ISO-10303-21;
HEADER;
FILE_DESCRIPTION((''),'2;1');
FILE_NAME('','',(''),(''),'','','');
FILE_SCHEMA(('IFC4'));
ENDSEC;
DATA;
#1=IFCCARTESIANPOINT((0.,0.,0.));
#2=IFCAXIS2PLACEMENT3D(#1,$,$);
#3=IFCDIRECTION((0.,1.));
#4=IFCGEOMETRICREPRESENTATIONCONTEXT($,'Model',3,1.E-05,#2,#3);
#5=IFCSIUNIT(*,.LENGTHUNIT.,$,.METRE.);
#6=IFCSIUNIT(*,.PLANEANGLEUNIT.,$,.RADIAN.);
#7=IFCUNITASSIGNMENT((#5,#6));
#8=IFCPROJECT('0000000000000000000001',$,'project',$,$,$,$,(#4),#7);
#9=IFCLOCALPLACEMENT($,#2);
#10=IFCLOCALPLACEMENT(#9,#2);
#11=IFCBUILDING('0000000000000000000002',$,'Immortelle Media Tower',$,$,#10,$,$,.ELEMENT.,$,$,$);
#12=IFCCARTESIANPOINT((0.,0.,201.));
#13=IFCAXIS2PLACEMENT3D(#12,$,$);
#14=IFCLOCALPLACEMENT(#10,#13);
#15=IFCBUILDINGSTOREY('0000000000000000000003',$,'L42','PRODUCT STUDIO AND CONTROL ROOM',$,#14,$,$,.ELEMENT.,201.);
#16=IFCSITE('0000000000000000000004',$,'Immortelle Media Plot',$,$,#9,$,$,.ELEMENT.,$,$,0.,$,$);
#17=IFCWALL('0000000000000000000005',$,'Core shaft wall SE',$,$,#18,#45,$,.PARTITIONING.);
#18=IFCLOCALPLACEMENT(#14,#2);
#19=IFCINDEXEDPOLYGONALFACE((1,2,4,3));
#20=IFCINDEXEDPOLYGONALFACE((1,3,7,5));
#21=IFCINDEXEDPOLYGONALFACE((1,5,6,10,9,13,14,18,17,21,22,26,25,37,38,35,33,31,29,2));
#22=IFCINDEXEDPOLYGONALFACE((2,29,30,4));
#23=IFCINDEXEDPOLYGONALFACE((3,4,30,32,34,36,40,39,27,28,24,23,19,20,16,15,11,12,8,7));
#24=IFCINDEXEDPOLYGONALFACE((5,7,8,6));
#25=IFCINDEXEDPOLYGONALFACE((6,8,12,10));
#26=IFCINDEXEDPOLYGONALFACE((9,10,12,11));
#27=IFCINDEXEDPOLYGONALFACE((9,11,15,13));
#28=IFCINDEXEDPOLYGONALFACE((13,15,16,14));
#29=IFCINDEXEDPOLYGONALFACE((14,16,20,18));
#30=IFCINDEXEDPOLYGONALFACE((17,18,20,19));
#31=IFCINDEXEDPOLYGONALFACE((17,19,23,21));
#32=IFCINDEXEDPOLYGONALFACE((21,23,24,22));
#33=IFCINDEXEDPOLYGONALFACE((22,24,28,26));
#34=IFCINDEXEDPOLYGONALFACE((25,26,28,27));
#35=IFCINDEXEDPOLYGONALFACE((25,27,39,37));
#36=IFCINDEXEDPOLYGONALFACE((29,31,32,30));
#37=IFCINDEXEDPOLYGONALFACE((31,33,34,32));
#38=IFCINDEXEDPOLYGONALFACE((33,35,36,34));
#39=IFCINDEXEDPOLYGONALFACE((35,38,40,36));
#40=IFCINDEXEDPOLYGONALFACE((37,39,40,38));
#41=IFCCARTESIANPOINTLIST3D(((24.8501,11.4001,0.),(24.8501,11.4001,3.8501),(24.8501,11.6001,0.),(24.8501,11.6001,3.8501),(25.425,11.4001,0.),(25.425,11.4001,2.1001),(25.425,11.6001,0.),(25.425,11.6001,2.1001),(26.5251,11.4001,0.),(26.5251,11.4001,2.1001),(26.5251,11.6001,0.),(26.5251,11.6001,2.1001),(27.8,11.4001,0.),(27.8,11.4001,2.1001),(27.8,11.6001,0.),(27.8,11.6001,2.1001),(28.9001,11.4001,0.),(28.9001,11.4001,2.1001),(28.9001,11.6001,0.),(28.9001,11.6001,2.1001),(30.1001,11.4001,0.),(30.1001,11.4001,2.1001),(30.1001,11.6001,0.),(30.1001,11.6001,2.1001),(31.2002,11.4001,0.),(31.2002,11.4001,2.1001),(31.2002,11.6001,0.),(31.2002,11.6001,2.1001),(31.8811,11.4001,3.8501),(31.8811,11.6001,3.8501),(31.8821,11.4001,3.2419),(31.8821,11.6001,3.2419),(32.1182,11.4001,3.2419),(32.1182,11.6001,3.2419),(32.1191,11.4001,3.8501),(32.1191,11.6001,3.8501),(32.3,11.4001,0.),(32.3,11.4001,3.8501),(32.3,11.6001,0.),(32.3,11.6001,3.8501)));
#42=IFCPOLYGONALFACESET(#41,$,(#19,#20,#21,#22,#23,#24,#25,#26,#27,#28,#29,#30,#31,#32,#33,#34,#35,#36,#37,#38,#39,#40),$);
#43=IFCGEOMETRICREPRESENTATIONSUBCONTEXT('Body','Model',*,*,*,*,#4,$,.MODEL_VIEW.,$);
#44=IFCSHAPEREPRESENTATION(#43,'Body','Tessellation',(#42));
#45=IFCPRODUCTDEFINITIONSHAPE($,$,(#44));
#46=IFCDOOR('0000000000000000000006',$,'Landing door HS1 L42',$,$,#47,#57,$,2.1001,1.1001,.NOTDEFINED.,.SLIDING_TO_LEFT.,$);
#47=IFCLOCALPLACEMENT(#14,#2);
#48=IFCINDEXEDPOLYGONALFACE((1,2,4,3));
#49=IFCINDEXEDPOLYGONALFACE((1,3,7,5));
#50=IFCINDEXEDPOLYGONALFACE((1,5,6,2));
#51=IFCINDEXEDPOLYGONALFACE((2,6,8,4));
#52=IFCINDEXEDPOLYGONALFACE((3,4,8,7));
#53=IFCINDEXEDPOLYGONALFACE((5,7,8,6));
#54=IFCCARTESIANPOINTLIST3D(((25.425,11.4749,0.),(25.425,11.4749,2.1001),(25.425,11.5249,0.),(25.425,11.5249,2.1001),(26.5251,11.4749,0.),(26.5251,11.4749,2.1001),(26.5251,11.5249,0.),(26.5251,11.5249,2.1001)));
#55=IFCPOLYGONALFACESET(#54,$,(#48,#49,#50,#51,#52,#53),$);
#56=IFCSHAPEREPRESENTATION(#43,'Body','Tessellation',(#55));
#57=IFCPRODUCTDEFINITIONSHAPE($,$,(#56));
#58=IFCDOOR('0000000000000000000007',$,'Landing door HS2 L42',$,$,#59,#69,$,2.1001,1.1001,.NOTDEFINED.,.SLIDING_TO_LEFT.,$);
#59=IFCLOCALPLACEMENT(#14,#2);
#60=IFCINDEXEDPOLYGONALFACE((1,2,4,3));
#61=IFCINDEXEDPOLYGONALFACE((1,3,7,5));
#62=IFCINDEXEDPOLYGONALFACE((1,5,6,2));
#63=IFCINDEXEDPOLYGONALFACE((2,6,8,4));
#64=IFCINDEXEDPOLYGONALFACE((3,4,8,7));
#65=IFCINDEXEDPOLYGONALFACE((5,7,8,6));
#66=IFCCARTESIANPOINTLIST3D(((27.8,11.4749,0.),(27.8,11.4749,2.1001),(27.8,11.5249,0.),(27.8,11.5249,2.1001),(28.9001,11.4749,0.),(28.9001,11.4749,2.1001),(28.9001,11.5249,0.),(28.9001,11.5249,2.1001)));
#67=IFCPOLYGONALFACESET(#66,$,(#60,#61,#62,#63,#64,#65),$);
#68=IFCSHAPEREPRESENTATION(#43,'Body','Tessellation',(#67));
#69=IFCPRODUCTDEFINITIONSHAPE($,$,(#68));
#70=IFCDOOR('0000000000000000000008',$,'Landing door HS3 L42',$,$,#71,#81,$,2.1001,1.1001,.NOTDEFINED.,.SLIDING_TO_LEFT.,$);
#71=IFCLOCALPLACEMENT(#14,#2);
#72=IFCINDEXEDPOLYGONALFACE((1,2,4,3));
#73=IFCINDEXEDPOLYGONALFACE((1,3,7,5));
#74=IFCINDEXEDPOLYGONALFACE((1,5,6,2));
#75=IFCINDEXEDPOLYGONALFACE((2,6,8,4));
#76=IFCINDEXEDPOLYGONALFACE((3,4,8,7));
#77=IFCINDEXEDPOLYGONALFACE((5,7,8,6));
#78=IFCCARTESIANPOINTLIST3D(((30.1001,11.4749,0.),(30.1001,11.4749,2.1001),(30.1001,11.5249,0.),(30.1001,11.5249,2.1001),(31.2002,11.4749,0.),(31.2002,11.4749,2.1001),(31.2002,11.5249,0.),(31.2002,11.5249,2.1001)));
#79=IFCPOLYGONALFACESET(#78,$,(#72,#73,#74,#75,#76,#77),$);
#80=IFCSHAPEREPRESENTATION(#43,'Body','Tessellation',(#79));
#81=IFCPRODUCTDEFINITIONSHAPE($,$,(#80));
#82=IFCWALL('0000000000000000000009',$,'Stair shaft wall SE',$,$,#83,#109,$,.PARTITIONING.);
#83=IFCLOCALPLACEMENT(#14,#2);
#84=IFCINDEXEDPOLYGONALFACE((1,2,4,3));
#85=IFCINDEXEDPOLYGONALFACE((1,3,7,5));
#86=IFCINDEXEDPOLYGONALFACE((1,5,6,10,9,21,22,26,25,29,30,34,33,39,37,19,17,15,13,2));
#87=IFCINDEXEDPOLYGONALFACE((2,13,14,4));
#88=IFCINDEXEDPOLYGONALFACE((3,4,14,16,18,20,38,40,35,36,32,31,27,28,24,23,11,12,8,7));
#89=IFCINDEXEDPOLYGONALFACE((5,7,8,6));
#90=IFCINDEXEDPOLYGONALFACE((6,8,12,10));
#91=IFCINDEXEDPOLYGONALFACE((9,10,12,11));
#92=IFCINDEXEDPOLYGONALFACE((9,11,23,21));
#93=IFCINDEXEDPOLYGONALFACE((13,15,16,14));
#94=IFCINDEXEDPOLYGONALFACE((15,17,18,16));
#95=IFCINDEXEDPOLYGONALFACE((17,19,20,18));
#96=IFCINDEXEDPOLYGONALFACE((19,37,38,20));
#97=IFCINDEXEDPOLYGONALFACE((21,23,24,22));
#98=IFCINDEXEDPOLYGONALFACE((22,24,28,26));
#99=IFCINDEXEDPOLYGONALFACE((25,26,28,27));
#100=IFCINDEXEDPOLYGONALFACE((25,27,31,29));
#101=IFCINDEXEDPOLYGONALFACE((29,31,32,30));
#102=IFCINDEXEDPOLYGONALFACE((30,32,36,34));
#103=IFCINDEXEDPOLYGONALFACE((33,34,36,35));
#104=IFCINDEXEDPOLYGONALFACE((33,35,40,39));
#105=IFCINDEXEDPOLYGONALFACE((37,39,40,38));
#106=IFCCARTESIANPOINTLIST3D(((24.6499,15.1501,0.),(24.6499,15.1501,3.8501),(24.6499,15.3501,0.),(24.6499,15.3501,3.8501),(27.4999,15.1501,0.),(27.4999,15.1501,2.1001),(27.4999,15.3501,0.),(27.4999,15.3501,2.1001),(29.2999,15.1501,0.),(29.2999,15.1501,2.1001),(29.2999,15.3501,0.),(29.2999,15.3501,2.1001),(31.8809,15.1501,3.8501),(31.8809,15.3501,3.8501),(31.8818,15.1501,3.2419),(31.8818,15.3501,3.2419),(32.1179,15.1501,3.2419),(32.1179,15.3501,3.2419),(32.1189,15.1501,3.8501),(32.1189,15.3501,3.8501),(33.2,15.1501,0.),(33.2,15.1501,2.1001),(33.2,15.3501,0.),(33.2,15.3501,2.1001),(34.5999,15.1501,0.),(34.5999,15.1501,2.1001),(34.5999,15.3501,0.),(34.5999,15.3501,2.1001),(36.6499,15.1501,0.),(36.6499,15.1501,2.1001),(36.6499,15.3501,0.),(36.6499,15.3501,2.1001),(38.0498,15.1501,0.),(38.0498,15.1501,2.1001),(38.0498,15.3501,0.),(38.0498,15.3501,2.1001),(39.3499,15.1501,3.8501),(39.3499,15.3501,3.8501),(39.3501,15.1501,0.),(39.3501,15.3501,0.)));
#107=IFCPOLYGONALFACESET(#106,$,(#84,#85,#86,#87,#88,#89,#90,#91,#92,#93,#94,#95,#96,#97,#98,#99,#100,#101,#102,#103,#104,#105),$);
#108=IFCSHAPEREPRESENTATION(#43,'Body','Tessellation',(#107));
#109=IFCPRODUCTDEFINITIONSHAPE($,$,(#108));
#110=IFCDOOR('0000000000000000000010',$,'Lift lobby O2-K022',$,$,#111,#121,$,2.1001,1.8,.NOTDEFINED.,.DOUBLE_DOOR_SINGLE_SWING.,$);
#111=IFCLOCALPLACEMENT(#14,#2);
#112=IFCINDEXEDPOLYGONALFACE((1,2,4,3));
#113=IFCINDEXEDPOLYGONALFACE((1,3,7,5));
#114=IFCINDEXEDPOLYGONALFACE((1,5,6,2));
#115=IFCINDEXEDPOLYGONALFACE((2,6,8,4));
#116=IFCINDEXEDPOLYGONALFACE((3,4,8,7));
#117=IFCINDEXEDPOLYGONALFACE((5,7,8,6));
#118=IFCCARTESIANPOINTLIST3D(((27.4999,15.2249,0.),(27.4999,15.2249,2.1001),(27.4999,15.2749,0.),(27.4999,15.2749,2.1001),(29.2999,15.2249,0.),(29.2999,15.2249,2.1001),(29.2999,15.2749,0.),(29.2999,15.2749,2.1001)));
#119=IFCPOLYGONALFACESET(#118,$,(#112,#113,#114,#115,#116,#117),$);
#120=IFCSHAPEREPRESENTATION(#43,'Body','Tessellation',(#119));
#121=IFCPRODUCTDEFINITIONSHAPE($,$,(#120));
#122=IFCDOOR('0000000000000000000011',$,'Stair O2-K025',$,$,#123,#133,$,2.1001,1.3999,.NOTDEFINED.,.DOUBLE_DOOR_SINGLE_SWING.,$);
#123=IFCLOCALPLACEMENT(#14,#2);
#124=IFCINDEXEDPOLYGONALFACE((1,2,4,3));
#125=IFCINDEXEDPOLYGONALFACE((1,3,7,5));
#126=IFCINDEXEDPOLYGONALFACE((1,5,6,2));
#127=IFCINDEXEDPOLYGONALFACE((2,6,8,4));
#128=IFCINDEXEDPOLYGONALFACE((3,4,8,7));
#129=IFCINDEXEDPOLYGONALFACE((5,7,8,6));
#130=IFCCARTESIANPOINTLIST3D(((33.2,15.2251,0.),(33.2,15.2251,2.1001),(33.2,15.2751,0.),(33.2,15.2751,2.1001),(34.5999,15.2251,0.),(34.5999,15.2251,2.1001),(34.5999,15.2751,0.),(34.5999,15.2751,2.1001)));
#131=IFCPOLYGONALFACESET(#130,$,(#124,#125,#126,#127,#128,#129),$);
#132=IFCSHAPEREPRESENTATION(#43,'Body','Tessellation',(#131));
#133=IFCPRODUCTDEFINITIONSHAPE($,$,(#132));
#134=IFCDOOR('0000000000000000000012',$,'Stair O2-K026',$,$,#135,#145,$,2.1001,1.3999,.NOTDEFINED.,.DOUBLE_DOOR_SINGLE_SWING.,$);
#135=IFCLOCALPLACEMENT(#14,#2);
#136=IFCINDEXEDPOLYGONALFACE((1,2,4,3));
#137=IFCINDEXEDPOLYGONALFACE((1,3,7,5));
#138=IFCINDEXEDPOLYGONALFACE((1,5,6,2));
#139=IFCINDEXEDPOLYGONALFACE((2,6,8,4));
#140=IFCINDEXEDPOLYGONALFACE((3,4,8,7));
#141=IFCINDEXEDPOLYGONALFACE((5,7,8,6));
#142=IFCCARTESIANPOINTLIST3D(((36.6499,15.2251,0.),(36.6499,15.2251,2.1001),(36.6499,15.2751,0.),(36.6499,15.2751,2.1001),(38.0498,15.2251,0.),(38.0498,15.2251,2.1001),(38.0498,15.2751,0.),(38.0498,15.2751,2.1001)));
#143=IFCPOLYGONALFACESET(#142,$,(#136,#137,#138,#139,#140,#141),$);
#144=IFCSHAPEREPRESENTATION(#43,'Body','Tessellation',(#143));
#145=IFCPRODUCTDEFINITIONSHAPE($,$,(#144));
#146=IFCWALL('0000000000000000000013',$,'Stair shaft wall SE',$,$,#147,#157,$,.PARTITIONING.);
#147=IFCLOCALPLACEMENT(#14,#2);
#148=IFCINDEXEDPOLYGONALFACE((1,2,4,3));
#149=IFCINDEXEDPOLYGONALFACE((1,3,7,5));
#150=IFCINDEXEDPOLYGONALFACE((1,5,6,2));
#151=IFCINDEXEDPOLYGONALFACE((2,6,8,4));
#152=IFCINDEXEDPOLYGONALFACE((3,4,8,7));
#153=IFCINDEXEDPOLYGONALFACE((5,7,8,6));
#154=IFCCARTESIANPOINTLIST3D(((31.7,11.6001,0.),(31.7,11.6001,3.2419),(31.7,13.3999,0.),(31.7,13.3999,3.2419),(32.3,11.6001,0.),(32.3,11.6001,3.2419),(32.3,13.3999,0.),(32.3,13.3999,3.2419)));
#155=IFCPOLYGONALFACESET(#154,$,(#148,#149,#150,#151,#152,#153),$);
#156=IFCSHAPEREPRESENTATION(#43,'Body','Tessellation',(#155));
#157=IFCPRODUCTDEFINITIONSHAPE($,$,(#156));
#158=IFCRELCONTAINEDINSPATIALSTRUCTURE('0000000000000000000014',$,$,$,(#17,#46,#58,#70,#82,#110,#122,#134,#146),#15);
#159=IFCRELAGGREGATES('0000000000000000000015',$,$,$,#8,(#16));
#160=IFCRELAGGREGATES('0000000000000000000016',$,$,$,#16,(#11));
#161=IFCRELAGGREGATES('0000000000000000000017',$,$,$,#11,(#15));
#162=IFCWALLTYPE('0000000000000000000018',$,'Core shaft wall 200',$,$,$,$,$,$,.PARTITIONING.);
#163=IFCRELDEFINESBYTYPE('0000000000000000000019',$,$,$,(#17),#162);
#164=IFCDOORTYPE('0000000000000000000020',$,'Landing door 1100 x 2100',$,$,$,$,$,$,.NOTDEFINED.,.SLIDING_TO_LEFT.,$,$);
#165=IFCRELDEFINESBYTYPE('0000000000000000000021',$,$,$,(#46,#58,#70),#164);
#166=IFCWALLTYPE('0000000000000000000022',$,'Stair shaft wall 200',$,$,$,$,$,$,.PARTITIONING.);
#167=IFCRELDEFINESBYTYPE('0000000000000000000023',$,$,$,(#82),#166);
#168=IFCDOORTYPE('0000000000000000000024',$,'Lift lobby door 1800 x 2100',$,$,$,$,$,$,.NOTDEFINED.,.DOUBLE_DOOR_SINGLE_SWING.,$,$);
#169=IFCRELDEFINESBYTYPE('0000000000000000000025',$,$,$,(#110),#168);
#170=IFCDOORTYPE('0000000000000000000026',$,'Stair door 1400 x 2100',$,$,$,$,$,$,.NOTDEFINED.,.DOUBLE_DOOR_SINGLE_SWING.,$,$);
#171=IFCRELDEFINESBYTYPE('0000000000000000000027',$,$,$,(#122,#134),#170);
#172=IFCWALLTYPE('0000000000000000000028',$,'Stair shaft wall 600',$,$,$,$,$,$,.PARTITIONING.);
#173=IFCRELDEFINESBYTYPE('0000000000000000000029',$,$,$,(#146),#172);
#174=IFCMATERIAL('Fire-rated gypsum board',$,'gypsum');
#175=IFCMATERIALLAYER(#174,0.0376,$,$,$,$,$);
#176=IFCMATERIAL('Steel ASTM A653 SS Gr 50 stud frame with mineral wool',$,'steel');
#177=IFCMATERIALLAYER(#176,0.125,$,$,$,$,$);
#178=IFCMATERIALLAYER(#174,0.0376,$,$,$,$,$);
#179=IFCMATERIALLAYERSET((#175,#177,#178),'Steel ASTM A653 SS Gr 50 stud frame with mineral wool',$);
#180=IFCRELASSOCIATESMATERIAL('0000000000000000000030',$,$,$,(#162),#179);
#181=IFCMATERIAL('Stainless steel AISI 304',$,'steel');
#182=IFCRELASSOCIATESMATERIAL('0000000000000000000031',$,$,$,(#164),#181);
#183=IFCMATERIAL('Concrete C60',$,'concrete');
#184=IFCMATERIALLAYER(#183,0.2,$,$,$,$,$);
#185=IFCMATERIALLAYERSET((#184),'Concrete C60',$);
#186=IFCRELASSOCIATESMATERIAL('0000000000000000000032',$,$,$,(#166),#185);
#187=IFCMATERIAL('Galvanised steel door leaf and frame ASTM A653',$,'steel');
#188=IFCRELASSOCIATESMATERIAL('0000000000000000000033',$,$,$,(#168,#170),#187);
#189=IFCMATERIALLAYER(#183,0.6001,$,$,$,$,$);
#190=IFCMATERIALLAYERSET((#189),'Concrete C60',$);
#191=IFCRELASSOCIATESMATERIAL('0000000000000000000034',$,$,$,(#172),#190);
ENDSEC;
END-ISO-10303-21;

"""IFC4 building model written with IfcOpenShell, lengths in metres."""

from ifc_helpers import new_model, si_unit, direction, frame, frame_2d, origin, place, context, subcontext, project, spatial, polyline, rectangle, outline, extrude, material, layer, layer_set, type_object, element, fill, save


model = new_model("IFC4")

# Units and contexts
model_context = context("Model", 3, precision=1e-05, world=origin(), true_north=direction((0.0, 1.0)))
body_context = subcontext(model_context, "Body", "Model", "MODEL_VIEW")
ifc_project = project(units=[si_unit("LENGTHUNIT", "METRE"), si_unit("PLANEANGLEUNIT", "RADIAN")], contexts=[model_context])

# Site, building, storey
site_placement = place(None, origin())
site = spatial("IfcSite", under=ifc_project, at=site_placement, Name="Immortelle Media Plot", CompositionType="ELEMENT", RefElevation=0.0)
building_placement = place(site_placement, origin())
building = spatial("IfcBuilding", under=site, at=building_placement, Name="Immortelle Media Tower", CompositionType="ELEMENT")
storey_placement = place(building_placement, frame((0.0, 0.0, 201.0)))
storey = spatial("IfcBuildingStorey", under=building, at=storey_placement, Name="L42", Description="PRODUCT STUDIO AND CONTROL ROOM", CompositionType="ELEMENT", Elevation=201.0)

# Shared definitions
ifc_material_1 = material(Name="Fire-rated gypsum board", Category="gypsum")
ifc_material_2 = material(Name="Steel ASTM A653 SS Gr 50 stud frame with mineral wool", Category="steel")

# Shared definitions
ifc_material_3 = material(Name="Galvanised steel door leaf and frame ASTM A653", Category="steel")

# Shared definitions
ifc_layer_1 = layer(ifc_material_1, 0.0376)
ifc_layer_2 = layer(ifc_material_2, 0.125)
ifc_layer_3 = layer(ifc_material_1, 0.0376)
ifc_layer_set_1 = layer_set([ifc_layer_1, ifc_layer_2, ifc_layer_3], Name="Steel ASTM A653 SS Gr 50 stud frame with mineral wool")
wall_type_1 = type_object("IfcWallType", Name="Core shaft wall 200", PredefinedType="PARTITIONING", material=ifc_layer_set_1)

# Walls, openings, doors
wall_1_placement = place(storey_placement, frame((24.8501, 11.5, 0.0), z_axis=(0.0, 0.0, 1.0), x_axis=(1.0, 0.0, 0.0)))
wall_1 = element("IfcWall", 1, at=wall_1_placement, inside=storey, type_object=wall_type_1, Name="Core shaft wall SE", PredefinedType="PARTITIONING", context=body_context, shape_type="SweptSolid", body=[
    extrude(outline(polyline([(0.0, 0.0), (7.45, 0.0), (7.45, 3.8501), (7.269, 3.8501), (7.2681, 3.2419), (7.032, 3.2419), (7.031, 3.8501), (0.0, 3.8501), (0.0, 0.0)])), frame((0.0, 0.1001, 0.0), z_axis=(0.0, -1.0, 0.0), x_axis=(1.0, 0.0, 0.0)), (0.0, 0.0, 1.0), 0.2),
])
opening_1_placement = place(wall_1_placement, frame((0.575, 0.0, 0.0)))
opening_1 = element("IfcOpeningElement", 2, at=opening_1_placement, cuts=wall_1, PredefinedType="OPENING", context=body_context, shape_type="SweptSolid", body=[
    extrude(rectangle(XDim=1.1001, YDim=2.1001, at=frame_2d((0.55, 1.05))), frame((0.0, 0.1099, 0.0), z_axis=(0.0, -1.0, 0.0), x_axis=(1.0, 0.0, 0.0)), (0.0, 0.0, 1.0), 0.22),
])
opening_2_placement = place(wall_1_placement, frame((2.95, 0.0, 0.0)))
opening_2 = element("IfcOpeningElement", 3, at=opening_2_placement, cuts=wall_1, PredefinedType="OPENING", context=body_context, shape_type="SweptSolid", body=[
    extrude(rectangle(XDim=1.1001, YDim=2.1001, at=frame_2d((0.55, 1.05))), frame((0.0, 0.1099, 0.0), z_axis=(0.0, -1.0, 0.0), x_axis=(1.0, 0.0, 0.0)), (0.0, 0.0, 1.0), 0.22),
])
opening_3_placement = place(wall_1_placement, frame((5.25, 0.0, 0.0)))
opening_3 = element("IfcOpeningElement", 4, at=opening_3_placement, cuts=wall_1, PredefinedType="OPENING", context=body_context, shape_type="SweptSolid", body=[
    extrude(rectangle(XDim=1.1001, YDim=2.1001, at=frame_2d((0.55, 1.05))), frame((0.0, 0.1099, 0.0), z_axis=(0.0, -1.0, 0.0), x_axis=(1.0, 0.0, 0.0)), (0.0, 0.0, 1.0), 0.22),
])
ifc_material_4 = material(Name="Stainless steel AISI 304", Category="steel")
door_type_1 = type_object("IfcDoorType", Name="Landing door 1100 x 2100", OperationType="SLIDING_TO_LEFT", PredefinedType="NOTDEFINED", material=ifc_material_4)
door_1_placement = place(opening_1_placement, origin())
door_1 = element("IfcDoor", 5, at=door_1_placement, inside=storey, type_object=door_type_1, Name="Landing door HS1 L42", OperationType="SLIDING_TO_LEFT", OverallHeight=2.1001, OverallWidth=1.1001, PredefinedType="NOTDEFINED", context=body_context, shape_type="SweptSolid", body=[
    extrude(rectangle(XDim=1.1001, YDim=2.1001, at=frame_2d((0.55, 1.05))), frame((0.0, 0.0249, 0.0), z_axis=(0.0, -1.0, 0.0), x_axis=(1.0, 0.0, 0.0)), (0.0, 0.0, 1.0), 0.05),
])
fill(opening_1, door_1)
door_2_placement = place(opening_2_placement, origin())
door_2 = element("IfcDoor", 6, at=door_2_placement, inside=storey, type_object=door_type_1, Name="Landing door HS2 L42", OperationType="SLIDING_TO_LEFT", OverallHeight=2.1001, OverallWidth=1.1001, PredefinedType="NOTDEFINED", context=body_context, shape_type="SweptSolid", body=[
    extrude(rectangle(XDim=1.1001, YDim=2.1001, at=frame_2d((0.55, 1.05))), frame((0.0, 0.0249, 0.0), z_axis=(0.0, -1.0, 0.0), x_axis=(1.0, 0.0, 0.0)), (0.0, 0.0, 1.0), 0.05),
])
fill(opening_2, door_2)
door_3_placement = place(opening_3_placement, origin())
door_3 = element("IfcDoor", 7, at=door_3_placement, inside=storey, type_object=door_type_1, Name="Landing door HS3 L42", OperationType="SLIDING_TO_LEFT", OverallHeight=2.1001, OverallWidth=1.1001, PredefinedType="NOTDEFINED", context=body_context, shape_type="SweptSolid", body=[
    extrude(rectangle(XDim=1.1001, YDim=2.1001, at=frame_2d((0.55, 1.05))), frame((0.0, 0.0249, 0.0), z_axis=(0.0, -1.0, 0.0), x_axis=(1.0, 0.0, 0.0)), (0.0, 0.0, 1.0), 0.05),
])
fill(opening_3, door_3)
ifc_material_5 = material(Name="Concrete C60", Category="concrete")
ifc_layer_4 = layer(ifc_material_5, 0.2)
ifc_layer_set_2 = layer_set([ifc_layer_4], Name="Concrete C60")
wall_type_2 = type_object("IfcWallType", Name="Stair shaft wall 200", PredefinedType="PARTITIONING", material=ifc_layer_set_2)
wall_2_placement = place(storey_placement, frame((24.6499, 15.25, 0.0), z_axis=(0.0, 0.0, 1.0), x_axis=(1.0, 0.0, 0.0)))
wall_2 = element("IfcWall", 8, at=wall_2_placement, inside=storey, type_object=wall_type_2, Name="Stair shaft wall SE", PredefinedType="PARTITIONING", context=body_context, shape_type="SweptSolid", body=[
    extrude(outline(polyline([(0.0, 0.0), (14.7002, 0.0), (14.7, 3.8501), (7.469, 3.8501), (7.468, 3.2419), (7.2319, 3.2419), (7.231, 3.8501), (0.0, 3.8501), (0.0, 0.0)])), frame((0.0, 0.1001, 0.0), z_axis=(0.0, -1.0, 0.0), x_axis=(1.0, 0.0, 0.0)), (0.0, 0.0, 1.0), 0.2),
])
opening_4_placement = place(wall_2_placement, frame((2.8501, 0.0, 0.0)))
opening_4 = element("IfcOpeningElement", 9, at=opening_4_placement, cuts=wall_2, PredefinedType="OPENING", context=body_context, shape_type="SweptSolid", body=[
    extrude(rectangle(XDim=1.8, YDim=2.1001, at=frame_2d((0.8999, 1.05))), frame((0.0, 0.1099, 0.0), z_axis=(0.0, -1.0, 0.0), x_axis=(1.0, 0.0, 0.0)), (0.0, 0.0, 1.0), 0.22),
])
opening_5_placement = place(wall_2_placement, frame((9.95, 0.0, 0.0), z_axis=(0.0, 0.0, 1.0), x_axis=(-1.0, 0.0, 0.0)))
opening_5 = element("IfcOpeningElement", 10, at=opening_5_placement, cuts=wall_2, PredefinedType="OPENING", context=body_context, shape_type="SweptSolid", body=[
    extrude(rectangle(XDim=1.3999, YDim=2.1001, at=frame_2d((0.7, 1.05))), frame((0.0, 0.1099, 0.0), z_axis=(0.0, -1.0, 0.0), x_axis=(1.0, 0.0, 0.0)), (0.0, 0.0, 1.0), 0.22),
])
opening_6_placement = place(wall_2_placement, frame((13.3999, 0.0, 0.0), z_axis=(0.0, 0.0, 1.0), x_axis=(-1.0, 0.0, 0.0)))
opening_6 = element("IfcOpeningElement", 11, at=opening_6_placement, cuts=wall_2, PredefinedType="OPENING", context=body_context, shape_type="SweptSolid", body=[
    extrude(rectangle(XDim=1.3999, YDim=2.1001, at=frame_2d((0.7, 1.05))), frame((0.0, 0.1099, 0.0), z_axis=(0.0, -1.0, 0.0), x_axis=(1.0, 0.0, 0.0)), (0.0, 0.0, 1.0), 0.22),
])
door_type_2 = type_object("IfcDoorType", Name="Lift lobby door 1800 x 2100", OperationType="DOUBLE_DOOR_SINGLE_SWING", PredefinedType="NOTDEFINED", material=ifc_material_3)
door_4_placement = place(opening_4_placement, origin())
door_4 = element("IfcDoor", 12, at=door_4_placement, inside=storey, type_object=door_type_2, Name="Lift lobby O2-K022", OperationType="DOUBLE_DOOR_SINGLE_SWING", OverallHeight=2.1001, OverallWidth=1.8, PredefinedType="NOTDEFINED", context=body_context, shape_type="SweptSolid", body=[
    extrude(rectangle(XDim=1.8, YDim=2.1001, at=frame_2d((0.8999, 1.05))), frame((0.0, 0.0249, 0.0), z_axis=(0.0, -1.0, 0.0), x_axis=(1.0, 0.0, 0.0)), (0.0, 0.0, 1.0), 0.05),
])
fill(opening_4, door_4)
door_type_3 = type_object("IfcDoorType", Name="Stair door 1400 x 2100", OperationType="DOUBLE_DOOR_SINGLE_SWING", PredefinedType="NOTDEFINED", material=ifc_material_3)
door_5_placement = place(opening_5_placement, origin())
door_5 = element("IfcDoor", 13, at=door_5_placement, inside=storey, type_object=door_type_3, Name="Stair O2-K025", OperationType="DOUBLE_DOOR_SINGLE_SWING", OverallHeight=2.1001, OverallWidth=1.3999, PredefinedType="NOTDEFINED", context=body_context, shape_type="SweptSolid", body=[
    extrude(rectangle(XDim=1.3999, YDim=2.1001, at=frame_2d((0.7, 1.05))), frame((0.0, 0.0249, 0.0), z_axis=(0.0, -1.0, 0.0), x_axis=(1.0, 0.0, 0.0)), (0.0, 0.0, 1.0), 0.05),
])
fill(opening_5, door_5)
door_6_placement = place(opening_6_placement, origin())
door_6 = element("IfcDoor", 14, at=door_6_placement, inside=storey, type_object=door_type_3, Name="Stair O2-K026", OperationType="DOUBLE_DOOR_SINGLE_SWING", OverallHeight=2.1001, OverallWidth=1.3999, PredefinedType="NOTDEFINED", context=body_context, shape_type="SweptSolid", body=[
    extrude(rectangle(XDim=1.3999, YDim=2.1001, at=frame_2d((0.7, 1.05))), frame((0.0, 0.0249, 0.0), z_axis=(0.0, -1.0, 0.0), x_axis=(1.0, 0.0, 0.0)), (0.0, 0.0, 1.0), 0.05),
])
fill(opening_6, door_6)

# Wall
ifc_layer_5 = layer(ifc_material_5, 0.6001)
ifc_layer_set_3 = layer_set([ifc_layer_5], Name="Concrete C60")
wall_type_3 = type_object("IfcWallType", Name="Stair shaft wall 600", PredefinedType="PARTITIONING", material=ifc_layer_set_3)
wall_3_placement = place(storey_placement, frame((32.0, 11.6001, 0.0), z_axis=(0.0, 0.0, 1.0), x_axis=(0.0, 1.0, 0.0)))
element("IfcWall", 15, at=wall_3_placement, inside=storey, type_object=wall_type_3, Name="Stair shaft wall SE", PredefinedType="PARTITIONING", context=body_context, shape_type="SweptSolid", body=[
    extrude(rectangle(XDim=1.7998, YDim=0.6001, at=frame_2d((0.8999, 0.0))), origin(), (0.0, 0.0, 1.0), 3.2419),
])

save(model, "model.ifc")
